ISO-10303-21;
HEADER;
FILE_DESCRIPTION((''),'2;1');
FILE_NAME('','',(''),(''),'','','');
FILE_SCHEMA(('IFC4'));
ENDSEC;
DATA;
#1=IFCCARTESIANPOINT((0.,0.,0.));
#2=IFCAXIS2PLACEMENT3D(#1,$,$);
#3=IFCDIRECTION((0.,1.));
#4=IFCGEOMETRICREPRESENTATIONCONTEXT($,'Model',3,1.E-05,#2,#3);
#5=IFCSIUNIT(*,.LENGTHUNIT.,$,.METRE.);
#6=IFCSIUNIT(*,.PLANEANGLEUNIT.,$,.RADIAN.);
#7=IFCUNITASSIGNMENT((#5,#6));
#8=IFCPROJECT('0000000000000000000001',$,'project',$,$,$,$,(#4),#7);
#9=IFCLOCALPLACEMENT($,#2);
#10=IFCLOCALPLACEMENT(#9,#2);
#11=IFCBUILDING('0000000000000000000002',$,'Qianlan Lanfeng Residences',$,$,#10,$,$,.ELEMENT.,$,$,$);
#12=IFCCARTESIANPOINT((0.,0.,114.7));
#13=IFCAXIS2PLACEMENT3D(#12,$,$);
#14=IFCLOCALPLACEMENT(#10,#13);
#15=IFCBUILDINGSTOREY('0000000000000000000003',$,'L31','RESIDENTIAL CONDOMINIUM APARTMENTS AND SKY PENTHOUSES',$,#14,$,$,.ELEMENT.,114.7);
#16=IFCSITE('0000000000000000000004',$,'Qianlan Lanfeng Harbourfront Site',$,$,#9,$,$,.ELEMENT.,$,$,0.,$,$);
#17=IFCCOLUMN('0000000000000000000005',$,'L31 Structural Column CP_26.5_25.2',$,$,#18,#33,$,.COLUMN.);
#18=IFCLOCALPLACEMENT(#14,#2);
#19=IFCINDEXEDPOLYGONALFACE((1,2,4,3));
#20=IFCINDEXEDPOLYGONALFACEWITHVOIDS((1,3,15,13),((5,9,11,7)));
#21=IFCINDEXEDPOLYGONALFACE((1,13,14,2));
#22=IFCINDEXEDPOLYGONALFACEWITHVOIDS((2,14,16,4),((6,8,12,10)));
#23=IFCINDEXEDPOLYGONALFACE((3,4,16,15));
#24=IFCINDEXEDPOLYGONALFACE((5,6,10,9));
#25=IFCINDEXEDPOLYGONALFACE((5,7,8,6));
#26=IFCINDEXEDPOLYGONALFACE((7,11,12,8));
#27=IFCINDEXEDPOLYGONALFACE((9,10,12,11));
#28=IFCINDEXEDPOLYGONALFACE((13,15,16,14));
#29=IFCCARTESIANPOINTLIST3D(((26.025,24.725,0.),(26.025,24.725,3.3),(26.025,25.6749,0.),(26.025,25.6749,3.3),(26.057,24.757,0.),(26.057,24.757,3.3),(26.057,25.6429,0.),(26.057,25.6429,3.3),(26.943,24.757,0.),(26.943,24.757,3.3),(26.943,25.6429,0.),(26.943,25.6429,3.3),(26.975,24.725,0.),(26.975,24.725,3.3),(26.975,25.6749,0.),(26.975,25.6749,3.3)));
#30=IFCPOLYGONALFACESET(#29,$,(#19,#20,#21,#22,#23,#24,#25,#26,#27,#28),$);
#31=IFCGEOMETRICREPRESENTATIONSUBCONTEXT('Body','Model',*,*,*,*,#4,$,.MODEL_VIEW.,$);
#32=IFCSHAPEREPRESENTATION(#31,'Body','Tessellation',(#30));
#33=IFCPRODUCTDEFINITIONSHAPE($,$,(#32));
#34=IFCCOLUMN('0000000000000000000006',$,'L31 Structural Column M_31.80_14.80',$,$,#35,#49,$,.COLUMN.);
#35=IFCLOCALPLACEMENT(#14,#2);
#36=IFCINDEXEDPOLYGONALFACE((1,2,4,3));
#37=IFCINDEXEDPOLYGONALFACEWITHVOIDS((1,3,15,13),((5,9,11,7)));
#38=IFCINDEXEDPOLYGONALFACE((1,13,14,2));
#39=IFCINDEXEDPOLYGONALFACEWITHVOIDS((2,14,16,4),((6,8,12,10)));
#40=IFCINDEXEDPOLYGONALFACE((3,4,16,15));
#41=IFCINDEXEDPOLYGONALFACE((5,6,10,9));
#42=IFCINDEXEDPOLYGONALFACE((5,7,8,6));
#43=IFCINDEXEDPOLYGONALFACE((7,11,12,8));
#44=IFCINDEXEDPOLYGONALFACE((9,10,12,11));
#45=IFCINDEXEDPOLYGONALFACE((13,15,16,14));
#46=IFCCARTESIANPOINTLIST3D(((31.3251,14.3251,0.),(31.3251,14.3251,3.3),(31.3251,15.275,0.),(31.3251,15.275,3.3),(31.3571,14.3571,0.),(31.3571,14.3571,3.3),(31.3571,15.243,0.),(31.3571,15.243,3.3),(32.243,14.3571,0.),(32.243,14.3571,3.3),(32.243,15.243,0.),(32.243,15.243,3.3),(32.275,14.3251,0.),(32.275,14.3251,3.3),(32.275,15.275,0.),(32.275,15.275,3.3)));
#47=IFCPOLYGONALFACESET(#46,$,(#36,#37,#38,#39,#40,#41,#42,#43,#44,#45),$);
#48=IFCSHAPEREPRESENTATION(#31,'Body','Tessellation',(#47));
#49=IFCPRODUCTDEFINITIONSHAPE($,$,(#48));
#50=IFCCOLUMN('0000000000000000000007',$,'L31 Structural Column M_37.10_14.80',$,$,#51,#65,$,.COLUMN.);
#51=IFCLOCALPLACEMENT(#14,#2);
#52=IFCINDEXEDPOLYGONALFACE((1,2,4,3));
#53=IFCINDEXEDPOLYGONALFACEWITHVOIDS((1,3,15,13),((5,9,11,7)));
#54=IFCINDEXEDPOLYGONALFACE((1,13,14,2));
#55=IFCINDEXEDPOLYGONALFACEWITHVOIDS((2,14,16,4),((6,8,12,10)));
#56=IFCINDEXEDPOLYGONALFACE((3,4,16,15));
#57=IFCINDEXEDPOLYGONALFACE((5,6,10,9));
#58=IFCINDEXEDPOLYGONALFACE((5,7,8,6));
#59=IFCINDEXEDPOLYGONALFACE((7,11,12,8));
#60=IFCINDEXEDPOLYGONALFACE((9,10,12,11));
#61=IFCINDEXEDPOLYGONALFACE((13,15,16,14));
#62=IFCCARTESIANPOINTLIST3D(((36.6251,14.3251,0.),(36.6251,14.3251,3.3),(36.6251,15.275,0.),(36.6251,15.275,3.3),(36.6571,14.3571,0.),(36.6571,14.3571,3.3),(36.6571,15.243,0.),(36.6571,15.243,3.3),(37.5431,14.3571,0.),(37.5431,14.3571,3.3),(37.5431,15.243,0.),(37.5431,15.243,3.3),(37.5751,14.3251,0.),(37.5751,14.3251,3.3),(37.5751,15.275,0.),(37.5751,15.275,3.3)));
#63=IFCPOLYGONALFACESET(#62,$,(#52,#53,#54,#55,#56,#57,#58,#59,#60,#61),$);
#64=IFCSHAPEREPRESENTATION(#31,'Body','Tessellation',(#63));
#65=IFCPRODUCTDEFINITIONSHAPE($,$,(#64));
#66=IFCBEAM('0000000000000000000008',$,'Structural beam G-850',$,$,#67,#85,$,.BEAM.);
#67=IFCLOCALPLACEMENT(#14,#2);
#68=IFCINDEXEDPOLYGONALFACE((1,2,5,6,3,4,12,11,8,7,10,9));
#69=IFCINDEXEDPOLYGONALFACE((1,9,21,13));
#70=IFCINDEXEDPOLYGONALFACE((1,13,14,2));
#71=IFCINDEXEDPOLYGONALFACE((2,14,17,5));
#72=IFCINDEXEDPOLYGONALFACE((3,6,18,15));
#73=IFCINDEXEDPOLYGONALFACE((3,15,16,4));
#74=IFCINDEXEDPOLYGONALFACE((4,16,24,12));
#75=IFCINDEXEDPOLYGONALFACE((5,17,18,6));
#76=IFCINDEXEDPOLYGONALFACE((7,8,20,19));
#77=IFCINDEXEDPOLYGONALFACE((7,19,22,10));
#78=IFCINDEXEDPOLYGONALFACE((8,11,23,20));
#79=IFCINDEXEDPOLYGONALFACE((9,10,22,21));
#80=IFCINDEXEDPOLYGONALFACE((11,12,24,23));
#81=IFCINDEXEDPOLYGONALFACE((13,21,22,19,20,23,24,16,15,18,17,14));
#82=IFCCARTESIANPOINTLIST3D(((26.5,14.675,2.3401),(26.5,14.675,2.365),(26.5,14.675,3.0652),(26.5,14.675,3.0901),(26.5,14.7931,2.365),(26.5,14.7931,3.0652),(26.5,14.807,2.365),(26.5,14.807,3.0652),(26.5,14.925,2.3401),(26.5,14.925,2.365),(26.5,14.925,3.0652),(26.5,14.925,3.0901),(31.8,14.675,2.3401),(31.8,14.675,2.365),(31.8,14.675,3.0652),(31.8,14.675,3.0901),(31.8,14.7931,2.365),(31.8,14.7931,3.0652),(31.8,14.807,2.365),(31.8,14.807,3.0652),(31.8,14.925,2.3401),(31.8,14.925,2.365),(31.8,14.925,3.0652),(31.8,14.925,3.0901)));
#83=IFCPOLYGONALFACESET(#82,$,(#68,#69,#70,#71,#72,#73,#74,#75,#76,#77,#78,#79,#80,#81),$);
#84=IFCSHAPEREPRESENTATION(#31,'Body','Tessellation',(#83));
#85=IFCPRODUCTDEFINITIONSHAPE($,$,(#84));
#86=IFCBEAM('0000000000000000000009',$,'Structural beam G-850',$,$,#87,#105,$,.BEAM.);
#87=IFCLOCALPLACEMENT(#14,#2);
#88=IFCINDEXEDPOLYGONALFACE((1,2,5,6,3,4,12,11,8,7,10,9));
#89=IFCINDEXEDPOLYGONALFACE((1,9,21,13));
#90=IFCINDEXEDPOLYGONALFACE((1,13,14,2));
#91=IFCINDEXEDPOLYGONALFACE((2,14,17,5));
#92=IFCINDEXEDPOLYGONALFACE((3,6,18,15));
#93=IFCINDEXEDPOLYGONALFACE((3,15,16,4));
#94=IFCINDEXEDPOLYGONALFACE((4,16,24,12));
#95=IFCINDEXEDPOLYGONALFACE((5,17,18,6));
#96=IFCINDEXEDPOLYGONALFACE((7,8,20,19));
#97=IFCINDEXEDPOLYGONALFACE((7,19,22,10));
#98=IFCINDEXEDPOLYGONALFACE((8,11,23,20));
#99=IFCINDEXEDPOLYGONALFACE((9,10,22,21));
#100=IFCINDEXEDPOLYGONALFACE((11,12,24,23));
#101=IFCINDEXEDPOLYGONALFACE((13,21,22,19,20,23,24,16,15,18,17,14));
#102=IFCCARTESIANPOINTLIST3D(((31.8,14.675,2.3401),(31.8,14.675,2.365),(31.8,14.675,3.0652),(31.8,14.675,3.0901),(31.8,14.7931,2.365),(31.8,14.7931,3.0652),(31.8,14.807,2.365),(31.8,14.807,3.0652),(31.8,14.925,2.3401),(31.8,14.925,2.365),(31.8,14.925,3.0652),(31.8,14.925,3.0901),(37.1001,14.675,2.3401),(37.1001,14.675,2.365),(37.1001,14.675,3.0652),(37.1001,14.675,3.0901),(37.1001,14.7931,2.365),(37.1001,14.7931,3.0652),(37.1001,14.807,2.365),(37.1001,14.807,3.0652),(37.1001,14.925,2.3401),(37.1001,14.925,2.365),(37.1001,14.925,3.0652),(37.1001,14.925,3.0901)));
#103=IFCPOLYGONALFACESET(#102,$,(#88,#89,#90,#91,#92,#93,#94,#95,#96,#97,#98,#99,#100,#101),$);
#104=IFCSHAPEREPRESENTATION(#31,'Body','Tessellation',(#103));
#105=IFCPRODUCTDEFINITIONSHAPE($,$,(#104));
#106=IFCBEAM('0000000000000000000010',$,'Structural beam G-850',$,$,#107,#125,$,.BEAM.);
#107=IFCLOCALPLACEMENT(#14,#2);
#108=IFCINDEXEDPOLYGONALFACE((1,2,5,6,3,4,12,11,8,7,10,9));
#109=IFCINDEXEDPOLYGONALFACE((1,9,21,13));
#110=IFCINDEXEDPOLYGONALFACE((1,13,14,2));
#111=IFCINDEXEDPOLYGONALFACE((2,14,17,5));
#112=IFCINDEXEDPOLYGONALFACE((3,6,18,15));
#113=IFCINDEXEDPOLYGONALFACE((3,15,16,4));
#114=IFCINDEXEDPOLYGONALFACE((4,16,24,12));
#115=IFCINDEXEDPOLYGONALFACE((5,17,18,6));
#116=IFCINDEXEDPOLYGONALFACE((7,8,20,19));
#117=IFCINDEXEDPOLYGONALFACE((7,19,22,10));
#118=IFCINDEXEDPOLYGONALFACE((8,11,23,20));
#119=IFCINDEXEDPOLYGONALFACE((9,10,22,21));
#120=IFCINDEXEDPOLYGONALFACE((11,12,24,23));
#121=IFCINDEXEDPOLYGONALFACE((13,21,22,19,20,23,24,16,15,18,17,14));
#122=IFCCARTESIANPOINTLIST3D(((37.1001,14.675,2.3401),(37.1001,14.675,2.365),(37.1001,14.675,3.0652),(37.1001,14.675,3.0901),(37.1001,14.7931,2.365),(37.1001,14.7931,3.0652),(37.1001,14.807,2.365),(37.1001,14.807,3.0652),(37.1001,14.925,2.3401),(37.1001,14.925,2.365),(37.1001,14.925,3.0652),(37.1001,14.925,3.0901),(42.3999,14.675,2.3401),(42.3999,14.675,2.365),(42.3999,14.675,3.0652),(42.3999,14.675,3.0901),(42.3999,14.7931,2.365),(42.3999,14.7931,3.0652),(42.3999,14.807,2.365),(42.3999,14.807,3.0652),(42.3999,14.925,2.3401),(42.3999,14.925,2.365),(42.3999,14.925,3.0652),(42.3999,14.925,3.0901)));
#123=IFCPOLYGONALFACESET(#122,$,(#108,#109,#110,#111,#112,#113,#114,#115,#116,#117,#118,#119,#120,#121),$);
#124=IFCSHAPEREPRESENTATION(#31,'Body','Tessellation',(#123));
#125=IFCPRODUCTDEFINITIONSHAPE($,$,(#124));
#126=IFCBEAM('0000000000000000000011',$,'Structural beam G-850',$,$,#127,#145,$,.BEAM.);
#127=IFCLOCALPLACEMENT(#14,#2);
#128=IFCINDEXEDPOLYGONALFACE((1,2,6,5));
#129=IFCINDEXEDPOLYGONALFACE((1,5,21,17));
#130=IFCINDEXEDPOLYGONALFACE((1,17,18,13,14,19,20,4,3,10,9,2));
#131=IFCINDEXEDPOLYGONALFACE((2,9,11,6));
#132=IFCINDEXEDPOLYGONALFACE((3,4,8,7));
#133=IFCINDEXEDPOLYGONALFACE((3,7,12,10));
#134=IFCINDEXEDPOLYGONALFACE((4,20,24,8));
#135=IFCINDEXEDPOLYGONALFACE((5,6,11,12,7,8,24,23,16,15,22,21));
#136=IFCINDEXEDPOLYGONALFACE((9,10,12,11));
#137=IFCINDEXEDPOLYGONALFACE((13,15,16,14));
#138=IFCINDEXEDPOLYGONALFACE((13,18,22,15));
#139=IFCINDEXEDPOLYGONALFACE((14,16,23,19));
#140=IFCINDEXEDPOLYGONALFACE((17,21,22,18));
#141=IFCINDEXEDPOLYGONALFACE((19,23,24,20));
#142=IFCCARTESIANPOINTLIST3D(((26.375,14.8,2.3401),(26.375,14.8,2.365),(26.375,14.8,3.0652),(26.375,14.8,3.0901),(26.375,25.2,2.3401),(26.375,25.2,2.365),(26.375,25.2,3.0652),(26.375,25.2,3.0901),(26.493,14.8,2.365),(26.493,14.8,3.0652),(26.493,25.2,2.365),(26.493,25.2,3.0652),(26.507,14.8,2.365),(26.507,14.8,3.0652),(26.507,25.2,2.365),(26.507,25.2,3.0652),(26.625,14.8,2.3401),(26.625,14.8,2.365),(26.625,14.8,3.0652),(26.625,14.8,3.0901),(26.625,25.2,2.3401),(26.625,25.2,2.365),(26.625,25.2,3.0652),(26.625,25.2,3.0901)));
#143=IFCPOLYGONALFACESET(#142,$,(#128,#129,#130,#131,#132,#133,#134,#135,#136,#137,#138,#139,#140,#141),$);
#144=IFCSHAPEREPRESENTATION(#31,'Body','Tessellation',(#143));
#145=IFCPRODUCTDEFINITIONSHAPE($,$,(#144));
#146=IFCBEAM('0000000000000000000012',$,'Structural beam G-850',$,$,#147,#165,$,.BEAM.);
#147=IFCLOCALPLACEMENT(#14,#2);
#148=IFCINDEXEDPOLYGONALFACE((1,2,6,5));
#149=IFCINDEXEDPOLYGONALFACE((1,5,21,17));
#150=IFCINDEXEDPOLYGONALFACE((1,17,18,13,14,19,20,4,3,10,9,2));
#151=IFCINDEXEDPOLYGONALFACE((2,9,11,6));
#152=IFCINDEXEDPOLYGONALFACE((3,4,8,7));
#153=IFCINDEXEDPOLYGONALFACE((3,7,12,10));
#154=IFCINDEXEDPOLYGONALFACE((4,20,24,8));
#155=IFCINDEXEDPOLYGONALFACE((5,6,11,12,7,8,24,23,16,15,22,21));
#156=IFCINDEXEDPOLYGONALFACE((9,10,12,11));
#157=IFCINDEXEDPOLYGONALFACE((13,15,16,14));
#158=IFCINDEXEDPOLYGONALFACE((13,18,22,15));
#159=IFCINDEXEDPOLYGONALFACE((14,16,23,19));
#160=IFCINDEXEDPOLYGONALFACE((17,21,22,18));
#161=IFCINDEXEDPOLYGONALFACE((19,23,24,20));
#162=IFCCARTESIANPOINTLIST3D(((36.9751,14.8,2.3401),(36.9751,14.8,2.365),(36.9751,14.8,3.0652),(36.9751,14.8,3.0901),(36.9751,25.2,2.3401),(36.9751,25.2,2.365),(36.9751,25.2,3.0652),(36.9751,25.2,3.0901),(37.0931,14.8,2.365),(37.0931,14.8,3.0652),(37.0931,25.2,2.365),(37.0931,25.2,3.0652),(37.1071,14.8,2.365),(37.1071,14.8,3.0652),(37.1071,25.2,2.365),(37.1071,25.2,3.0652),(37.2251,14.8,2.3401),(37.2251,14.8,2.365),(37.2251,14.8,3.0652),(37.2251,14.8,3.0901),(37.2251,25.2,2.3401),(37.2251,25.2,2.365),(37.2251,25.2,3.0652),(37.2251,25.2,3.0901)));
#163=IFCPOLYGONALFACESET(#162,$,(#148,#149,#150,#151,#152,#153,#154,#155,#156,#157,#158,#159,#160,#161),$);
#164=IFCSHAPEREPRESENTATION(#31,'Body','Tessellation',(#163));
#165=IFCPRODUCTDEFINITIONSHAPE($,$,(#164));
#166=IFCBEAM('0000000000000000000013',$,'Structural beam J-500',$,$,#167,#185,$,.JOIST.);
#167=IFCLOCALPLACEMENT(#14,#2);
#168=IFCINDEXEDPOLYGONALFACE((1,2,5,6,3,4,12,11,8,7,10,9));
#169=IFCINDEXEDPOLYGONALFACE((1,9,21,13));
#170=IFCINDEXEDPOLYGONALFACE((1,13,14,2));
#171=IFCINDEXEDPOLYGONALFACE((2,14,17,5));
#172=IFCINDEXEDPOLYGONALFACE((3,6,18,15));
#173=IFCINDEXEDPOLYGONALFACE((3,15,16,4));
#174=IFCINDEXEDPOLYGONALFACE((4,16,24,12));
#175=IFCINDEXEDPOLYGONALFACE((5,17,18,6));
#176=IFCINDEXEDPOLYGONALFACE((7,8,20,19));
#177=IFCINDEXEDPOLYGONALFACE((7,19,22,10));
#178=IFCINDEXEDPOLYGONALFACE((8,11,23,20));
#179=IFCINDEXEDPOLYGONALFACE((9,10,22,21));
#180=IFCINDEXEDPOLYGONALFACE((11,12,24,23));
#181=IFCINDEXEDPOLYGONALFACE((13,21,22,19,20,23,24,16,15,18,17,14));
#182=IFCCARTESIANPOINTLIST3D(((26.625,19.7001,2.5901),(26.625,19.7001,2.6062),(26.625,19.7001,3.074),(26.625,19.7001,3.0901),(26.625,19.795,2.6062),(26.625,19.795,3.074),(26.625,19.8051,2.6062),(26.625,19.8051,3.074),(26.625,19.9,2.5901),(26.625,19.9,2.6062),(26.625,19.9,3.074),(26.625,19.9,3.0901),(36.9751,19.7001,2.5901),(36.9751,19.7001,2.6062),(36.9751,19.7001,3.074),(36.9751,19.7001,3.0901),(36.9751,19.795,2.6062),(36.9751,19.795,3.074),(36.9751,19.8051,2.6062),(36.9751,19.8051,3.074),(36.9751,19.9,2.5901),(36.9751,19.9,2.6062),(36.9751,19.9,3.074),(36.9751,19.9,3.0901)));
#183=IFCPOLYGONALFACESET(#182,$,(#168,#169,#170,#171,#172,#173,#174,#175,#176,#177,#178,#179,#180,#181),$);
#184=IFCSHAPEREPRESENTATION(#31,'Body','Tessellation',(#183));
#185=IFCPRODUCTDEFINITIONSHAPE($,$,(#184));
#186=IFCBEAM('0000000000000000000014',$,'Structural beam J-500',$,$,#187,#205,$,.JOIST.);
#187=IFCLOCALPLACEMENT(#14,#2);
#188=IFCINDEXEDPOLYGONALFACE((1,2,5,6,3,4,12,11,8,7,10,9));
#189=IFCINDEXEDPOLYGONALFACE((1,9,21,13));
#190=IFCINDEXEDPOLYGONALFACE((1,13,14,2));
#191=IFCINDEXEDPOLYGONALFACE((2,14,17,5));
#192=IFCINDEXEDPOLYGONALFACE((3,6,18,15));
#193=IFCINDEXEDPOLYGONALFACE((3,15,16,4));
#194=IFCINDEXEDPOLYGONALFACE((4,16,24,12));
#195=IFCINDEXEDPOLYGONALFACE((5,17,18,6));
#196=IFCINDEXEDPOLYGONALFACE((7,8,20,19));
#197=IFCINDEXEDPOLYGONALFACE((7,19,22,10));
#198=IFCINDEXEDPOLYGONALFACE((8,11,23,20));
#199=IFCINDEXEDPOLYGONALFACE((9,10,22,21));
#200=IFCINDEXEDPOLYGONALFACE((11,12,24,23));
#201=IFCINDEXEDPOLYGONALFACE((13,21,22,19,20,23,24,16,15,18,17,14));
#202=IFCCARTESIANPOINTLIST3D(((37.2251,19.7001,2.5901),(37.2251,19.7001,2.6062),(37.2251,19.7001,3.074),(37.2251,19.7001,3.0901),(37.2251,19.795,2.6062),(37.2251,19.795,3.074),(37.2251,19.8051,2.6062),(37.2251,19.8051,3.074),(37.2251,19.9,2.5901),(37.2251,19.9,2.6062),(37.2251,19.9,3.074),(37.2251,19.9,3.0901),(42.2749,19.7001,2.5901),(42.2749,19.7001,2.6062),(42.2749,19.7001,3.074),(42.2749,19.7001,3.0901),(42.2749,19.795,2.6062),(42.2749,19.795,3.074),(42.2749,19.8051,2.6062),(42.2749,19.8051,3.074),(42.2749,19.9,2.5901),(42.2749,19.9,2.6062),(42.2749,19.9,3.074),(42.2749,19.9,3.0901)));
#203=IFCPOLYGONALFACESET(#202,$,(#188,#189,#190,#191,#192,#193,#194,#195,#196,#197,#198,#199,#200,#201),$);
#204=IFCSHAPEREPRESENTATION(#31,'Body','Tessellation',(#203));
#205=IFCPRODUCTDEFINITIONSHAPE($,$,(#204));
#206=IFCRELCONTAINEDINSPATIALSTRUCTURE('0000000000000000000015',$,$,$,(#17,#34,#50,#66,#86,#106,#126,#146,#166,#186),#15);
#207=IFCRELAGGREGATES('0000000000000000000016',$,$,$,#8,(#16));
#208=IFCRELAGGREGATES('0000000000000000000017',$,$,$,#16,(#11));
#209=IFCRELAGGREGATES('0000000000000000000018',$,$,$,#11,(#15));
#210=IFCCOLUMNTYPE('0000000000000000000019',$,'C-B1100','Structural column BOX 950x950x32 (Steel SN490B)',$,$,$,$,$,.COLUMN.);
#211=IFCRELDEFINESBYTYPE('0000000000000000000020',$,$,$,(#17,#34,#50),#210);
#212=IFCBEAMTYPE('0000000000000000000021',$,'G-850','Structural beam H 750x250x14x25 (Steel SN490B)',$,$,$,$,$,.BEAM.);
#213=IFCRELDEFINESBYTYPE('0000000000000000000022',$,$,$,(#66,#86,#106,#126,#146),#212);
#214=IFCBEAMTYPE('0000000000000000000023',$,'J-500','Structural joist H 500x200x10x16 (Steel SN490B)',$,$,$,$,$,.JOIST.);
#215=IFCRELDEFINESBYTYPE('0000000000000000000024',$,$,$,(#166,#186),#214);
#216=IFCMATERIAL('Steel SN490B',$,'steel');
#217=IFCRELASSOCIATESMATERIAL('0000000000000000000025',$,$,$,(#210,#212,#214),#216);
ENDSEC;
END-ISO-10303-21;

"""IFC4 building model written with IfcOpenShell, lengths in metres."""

from ifc_helpers import new_model, si_unit, direction, frame, origin, origin_2d, place, context, subcontext, project, spatial, hollow_rectangle, i_section, extrude, material, material_profile, profile_set, type_object, element, save


model = new_model("IFC4")

# Units and contexts
model_context = context("Model", 3, precision=1e-05, world=origin(), true_north=direction((0.0, 1.0)))
body_context = subcontext(model_context, "Body", "Model", "MODEL_VIEW")
ifc_project = project(units=[si_unit("LENGTHUNIT", "METRE"), si_unit("PLANEANGLEUNIT", "RADIAN")], contexts=[model_context])

# Site, building, storey
site_placement = place(None, origin())
site = spatial("IfcSite", under=ifc_project, at=site_placement, Name="Qianlan Lanfeng Harbourfront Site", CompositionType="ELEMENT", RefElevation=0.0)
building_placement = place(site_placement, origin())
building = spatial("IfcBuilding", under=site, at=building_placement, Name="Qianlan Lanfeng Residences", CompositionType="ELEMENT")
storey_placement = place(building_placement, frame((0.0, 0.0, 114.7)))
storey = spatial("IfcBuildingStorey", under=building, at=storey_placement, Name="L31", Description="RESIDENTIAL CONDOMINIUM APARTMENTS AND SKY PENTHOUSES", CompositionType="ELEMENT", Elevation=114.7)

# Columns
ifc_material_1 = material(Name="Steel SN490B", Category="steel")
ifc_material_profile_1 = material_profile(ifc_material_1, hollow_rectangle(XDim=0.95, YDim=0.95, WallThickness=0.032, at=origin_2d()), Name="BOX 950x950x32")
ifc_profile_set_1 = profile_set([ifc_material_profile_1], Name="Steel SN490B")
column_type = type_object("IfcColumnType", Name="C-B1100", Description="Structural column BOX 950x950x32 (Steel SN490B)", PredefinedType="COLUMN", material=ifc_profile_set_1)
for number, where, z_axis, x_axis, name in (
    (1, (26.5, 25.2, 0.0), (0.0, 0.0, 1.0), (1.0, 0.0, 0.0), "L31 Structural Column CP_26.5_25.2"),
    (2, (31.8, 14.8, 0.0), (0.0, 0.0, 1.0), (1.0, 0.0, 0.0), "L31 Structural Column M_31.80_14.80"),
    (3, (37.1001, 14.8, 0.0), (0.0, 0.0, 1.0), (1.0, 0.0, 0.0), "L31 Structural Column M_37.10_14.80"),
):
    element("IfcColumn", number, at=place(storey_placement, frame(where, z_axis=z_axis, x_axis=x_axis)), inside=storey, type_object=column_type, Name=name, PredefinedType="COLUMN", context=body_context, shape_type="SweptSolid", body=[
        extrude(hollow_rectangle(XDim=0.95, YDim=0.95, WallThickness=0.032, at=origin_2d()), origin(), (0.0, 0.0, 1.0), 3.3),
    ])

# Beams
ifc_material_profile_2 = material_profile(ifc_material_1, i_section(OverallWidth=0.25, OverallDepth=0.75, WebThickness=0.0139, FlangeThickness=0.0249, at=origin_2d()), Name="H 750x250x14x25")
ifc_profile_set_2 = profile_set([ifc_material_profile_2], Name="Steel SN490B")
beam_type_1 = type_object("IfcBeamType", Name="G-850", Description="Structural beam H 750x250x14x25 (Steel SN490B)", PredefinedType="BEAM", material=ifc_profile_set_2)
for number, where, z_axis, x_axis, name in (
    (4, (26.5, 14.8, 2.7151), (1.0, 0.0, 0.0), (0.0, 1.0, 0.0), "Structural beam G-850"),
    (5, (31.8, 14.8, 2.7151), (1.0, 0.0, 0.0), (0.0, 1.0, 0.0), "Structural beam G-850"),
):
    element("IfcBeam", number, at=place(storey_placement, frame(where, z_axis=z_axis, x_axis=x_axis)), inside=storey, type_object=beam_type_1, Name=name, PredefinedType="BEAM", context=body_context, shape_type="SweptSolid", body=[
        extrude(i_section(OverallWidth=0.25, OverallDepth=0.75, WebThickness=0.0139, FlangeThickness=0.0249, at=origin_2d()), origin(), (0.0, 0.0, 1.0), 5.3),
    ])
beam_1_placement = place(storey_placement, frame((37.1001, 14.8, 2.7151), z_axis=(1.0, 0.0, 0.0), x_axis=(0.0, 1.0, 0.0)))
element("IfcBeam", 6, at=beam_1_placement, inside=storey, type_object=beam_type_1, Name="Structural beam G-850", PredefinedType="BEAM", context=body_context, shape_type="SweptSolid", body=[
    extrude(i_section(OverallWidth=0.25, OverallDepth=0.75, WebThickness=0.0139, FlangeThickness=0.0249, at=origin_2d()), origin(), (0.0, 0.0, 1.0), 5.2998),
])
for number, where, z_axis, x_axis, name in (
    (7, (26.5, 14.8, 2.7151), (0.0, 1.0, 0.0), (-1.0, 0.0, 0.0), "Structural beam G-850"),
    (8, (37.1001, 14.8, 2.7151), (0.0, 1.0, 0.0), (-1.0, 0.0, 0.0), "Structural beam G-850"),
):
    element("IfcBeam", number, at=place(storey_placement, frame(where, z_axis=z_axis, x_axis=x_axis)), inside=storey, type_object=beam_type_1, Name=name, PredefinedType="BEAM", context=body_context, shape_type="SweptSolid", body=[
        extrude(i_section(OverallWidth=0.25, OverallDepth=0.75, WebThickness=0.0139, FlangeThickness=0.0249, at=origin_2d()), origin(), (0.0, 0.0, 1.0), 10.3999),
    ])
ifc_material_profile_3 = material_profile(ifc_material_1, i_section(OverallWidth=0.2, OverallDepth=0.5, WebThickness=0.01, FlangeThickness=0.0161, at=origin_2d()), Name="H 500x200x10x16")
ifc_profile_set_3 = profile_set([ifc_material_profile_3], Name="Steel SN490B")
beam_type_2 = type_object("IfcBeamType", Name="J-500", Description="Structural joist H 500x200x10x16 (Steel SN490B)", PredefinedType="JOIST", material=ifc_profile_set_3)
beam_2_placement = place(storey_placement, frame((26.625, 19.8, 2.8401), z_axis=(1.0, 0.0, 0.0), x_axis=(0.0, 1.0, 0.0)))
element("IfcBeam", 9, at=beam_2_placement, inside=storey, type_object=beam_type_2, Name="Structural beam J-500", PredefinedType="JOIST", context=body_context, shape_type="SweptSolid", body=[
    extrude(i_section(OverallWidth=0.2, OverallDepth=0.5, WebThickness=0.01, FlangeThickness=0.0161, at=origin_2d()), origin(), (0.0, 0.0, 1.0), 10.3501),
])
beam_3_placement = place(storey_placement, frame((37.2251, 19.8, 2.8401), z_axis=(1.0, 0.0, 0.0), x_axis=(0.0, 1.0, 0.0)))
element("IfcBeam", 10, at=beam_3_placement, inside=storey, type_object=beam_type_2, Name="Structural beam J-500", PredefinedType="JOIST", context=body_context, shape_type="SweptSolid", body=[
    extrude(i_section(OverallWidth=0.2, OverallDepth=0.5, WebThickness=0.01, FlangeThickness=0.0161, at=origin_2d()), origin(), (0.0, 0.0, 1.0), 5.0498),
])

save(model, "model.ifc")
